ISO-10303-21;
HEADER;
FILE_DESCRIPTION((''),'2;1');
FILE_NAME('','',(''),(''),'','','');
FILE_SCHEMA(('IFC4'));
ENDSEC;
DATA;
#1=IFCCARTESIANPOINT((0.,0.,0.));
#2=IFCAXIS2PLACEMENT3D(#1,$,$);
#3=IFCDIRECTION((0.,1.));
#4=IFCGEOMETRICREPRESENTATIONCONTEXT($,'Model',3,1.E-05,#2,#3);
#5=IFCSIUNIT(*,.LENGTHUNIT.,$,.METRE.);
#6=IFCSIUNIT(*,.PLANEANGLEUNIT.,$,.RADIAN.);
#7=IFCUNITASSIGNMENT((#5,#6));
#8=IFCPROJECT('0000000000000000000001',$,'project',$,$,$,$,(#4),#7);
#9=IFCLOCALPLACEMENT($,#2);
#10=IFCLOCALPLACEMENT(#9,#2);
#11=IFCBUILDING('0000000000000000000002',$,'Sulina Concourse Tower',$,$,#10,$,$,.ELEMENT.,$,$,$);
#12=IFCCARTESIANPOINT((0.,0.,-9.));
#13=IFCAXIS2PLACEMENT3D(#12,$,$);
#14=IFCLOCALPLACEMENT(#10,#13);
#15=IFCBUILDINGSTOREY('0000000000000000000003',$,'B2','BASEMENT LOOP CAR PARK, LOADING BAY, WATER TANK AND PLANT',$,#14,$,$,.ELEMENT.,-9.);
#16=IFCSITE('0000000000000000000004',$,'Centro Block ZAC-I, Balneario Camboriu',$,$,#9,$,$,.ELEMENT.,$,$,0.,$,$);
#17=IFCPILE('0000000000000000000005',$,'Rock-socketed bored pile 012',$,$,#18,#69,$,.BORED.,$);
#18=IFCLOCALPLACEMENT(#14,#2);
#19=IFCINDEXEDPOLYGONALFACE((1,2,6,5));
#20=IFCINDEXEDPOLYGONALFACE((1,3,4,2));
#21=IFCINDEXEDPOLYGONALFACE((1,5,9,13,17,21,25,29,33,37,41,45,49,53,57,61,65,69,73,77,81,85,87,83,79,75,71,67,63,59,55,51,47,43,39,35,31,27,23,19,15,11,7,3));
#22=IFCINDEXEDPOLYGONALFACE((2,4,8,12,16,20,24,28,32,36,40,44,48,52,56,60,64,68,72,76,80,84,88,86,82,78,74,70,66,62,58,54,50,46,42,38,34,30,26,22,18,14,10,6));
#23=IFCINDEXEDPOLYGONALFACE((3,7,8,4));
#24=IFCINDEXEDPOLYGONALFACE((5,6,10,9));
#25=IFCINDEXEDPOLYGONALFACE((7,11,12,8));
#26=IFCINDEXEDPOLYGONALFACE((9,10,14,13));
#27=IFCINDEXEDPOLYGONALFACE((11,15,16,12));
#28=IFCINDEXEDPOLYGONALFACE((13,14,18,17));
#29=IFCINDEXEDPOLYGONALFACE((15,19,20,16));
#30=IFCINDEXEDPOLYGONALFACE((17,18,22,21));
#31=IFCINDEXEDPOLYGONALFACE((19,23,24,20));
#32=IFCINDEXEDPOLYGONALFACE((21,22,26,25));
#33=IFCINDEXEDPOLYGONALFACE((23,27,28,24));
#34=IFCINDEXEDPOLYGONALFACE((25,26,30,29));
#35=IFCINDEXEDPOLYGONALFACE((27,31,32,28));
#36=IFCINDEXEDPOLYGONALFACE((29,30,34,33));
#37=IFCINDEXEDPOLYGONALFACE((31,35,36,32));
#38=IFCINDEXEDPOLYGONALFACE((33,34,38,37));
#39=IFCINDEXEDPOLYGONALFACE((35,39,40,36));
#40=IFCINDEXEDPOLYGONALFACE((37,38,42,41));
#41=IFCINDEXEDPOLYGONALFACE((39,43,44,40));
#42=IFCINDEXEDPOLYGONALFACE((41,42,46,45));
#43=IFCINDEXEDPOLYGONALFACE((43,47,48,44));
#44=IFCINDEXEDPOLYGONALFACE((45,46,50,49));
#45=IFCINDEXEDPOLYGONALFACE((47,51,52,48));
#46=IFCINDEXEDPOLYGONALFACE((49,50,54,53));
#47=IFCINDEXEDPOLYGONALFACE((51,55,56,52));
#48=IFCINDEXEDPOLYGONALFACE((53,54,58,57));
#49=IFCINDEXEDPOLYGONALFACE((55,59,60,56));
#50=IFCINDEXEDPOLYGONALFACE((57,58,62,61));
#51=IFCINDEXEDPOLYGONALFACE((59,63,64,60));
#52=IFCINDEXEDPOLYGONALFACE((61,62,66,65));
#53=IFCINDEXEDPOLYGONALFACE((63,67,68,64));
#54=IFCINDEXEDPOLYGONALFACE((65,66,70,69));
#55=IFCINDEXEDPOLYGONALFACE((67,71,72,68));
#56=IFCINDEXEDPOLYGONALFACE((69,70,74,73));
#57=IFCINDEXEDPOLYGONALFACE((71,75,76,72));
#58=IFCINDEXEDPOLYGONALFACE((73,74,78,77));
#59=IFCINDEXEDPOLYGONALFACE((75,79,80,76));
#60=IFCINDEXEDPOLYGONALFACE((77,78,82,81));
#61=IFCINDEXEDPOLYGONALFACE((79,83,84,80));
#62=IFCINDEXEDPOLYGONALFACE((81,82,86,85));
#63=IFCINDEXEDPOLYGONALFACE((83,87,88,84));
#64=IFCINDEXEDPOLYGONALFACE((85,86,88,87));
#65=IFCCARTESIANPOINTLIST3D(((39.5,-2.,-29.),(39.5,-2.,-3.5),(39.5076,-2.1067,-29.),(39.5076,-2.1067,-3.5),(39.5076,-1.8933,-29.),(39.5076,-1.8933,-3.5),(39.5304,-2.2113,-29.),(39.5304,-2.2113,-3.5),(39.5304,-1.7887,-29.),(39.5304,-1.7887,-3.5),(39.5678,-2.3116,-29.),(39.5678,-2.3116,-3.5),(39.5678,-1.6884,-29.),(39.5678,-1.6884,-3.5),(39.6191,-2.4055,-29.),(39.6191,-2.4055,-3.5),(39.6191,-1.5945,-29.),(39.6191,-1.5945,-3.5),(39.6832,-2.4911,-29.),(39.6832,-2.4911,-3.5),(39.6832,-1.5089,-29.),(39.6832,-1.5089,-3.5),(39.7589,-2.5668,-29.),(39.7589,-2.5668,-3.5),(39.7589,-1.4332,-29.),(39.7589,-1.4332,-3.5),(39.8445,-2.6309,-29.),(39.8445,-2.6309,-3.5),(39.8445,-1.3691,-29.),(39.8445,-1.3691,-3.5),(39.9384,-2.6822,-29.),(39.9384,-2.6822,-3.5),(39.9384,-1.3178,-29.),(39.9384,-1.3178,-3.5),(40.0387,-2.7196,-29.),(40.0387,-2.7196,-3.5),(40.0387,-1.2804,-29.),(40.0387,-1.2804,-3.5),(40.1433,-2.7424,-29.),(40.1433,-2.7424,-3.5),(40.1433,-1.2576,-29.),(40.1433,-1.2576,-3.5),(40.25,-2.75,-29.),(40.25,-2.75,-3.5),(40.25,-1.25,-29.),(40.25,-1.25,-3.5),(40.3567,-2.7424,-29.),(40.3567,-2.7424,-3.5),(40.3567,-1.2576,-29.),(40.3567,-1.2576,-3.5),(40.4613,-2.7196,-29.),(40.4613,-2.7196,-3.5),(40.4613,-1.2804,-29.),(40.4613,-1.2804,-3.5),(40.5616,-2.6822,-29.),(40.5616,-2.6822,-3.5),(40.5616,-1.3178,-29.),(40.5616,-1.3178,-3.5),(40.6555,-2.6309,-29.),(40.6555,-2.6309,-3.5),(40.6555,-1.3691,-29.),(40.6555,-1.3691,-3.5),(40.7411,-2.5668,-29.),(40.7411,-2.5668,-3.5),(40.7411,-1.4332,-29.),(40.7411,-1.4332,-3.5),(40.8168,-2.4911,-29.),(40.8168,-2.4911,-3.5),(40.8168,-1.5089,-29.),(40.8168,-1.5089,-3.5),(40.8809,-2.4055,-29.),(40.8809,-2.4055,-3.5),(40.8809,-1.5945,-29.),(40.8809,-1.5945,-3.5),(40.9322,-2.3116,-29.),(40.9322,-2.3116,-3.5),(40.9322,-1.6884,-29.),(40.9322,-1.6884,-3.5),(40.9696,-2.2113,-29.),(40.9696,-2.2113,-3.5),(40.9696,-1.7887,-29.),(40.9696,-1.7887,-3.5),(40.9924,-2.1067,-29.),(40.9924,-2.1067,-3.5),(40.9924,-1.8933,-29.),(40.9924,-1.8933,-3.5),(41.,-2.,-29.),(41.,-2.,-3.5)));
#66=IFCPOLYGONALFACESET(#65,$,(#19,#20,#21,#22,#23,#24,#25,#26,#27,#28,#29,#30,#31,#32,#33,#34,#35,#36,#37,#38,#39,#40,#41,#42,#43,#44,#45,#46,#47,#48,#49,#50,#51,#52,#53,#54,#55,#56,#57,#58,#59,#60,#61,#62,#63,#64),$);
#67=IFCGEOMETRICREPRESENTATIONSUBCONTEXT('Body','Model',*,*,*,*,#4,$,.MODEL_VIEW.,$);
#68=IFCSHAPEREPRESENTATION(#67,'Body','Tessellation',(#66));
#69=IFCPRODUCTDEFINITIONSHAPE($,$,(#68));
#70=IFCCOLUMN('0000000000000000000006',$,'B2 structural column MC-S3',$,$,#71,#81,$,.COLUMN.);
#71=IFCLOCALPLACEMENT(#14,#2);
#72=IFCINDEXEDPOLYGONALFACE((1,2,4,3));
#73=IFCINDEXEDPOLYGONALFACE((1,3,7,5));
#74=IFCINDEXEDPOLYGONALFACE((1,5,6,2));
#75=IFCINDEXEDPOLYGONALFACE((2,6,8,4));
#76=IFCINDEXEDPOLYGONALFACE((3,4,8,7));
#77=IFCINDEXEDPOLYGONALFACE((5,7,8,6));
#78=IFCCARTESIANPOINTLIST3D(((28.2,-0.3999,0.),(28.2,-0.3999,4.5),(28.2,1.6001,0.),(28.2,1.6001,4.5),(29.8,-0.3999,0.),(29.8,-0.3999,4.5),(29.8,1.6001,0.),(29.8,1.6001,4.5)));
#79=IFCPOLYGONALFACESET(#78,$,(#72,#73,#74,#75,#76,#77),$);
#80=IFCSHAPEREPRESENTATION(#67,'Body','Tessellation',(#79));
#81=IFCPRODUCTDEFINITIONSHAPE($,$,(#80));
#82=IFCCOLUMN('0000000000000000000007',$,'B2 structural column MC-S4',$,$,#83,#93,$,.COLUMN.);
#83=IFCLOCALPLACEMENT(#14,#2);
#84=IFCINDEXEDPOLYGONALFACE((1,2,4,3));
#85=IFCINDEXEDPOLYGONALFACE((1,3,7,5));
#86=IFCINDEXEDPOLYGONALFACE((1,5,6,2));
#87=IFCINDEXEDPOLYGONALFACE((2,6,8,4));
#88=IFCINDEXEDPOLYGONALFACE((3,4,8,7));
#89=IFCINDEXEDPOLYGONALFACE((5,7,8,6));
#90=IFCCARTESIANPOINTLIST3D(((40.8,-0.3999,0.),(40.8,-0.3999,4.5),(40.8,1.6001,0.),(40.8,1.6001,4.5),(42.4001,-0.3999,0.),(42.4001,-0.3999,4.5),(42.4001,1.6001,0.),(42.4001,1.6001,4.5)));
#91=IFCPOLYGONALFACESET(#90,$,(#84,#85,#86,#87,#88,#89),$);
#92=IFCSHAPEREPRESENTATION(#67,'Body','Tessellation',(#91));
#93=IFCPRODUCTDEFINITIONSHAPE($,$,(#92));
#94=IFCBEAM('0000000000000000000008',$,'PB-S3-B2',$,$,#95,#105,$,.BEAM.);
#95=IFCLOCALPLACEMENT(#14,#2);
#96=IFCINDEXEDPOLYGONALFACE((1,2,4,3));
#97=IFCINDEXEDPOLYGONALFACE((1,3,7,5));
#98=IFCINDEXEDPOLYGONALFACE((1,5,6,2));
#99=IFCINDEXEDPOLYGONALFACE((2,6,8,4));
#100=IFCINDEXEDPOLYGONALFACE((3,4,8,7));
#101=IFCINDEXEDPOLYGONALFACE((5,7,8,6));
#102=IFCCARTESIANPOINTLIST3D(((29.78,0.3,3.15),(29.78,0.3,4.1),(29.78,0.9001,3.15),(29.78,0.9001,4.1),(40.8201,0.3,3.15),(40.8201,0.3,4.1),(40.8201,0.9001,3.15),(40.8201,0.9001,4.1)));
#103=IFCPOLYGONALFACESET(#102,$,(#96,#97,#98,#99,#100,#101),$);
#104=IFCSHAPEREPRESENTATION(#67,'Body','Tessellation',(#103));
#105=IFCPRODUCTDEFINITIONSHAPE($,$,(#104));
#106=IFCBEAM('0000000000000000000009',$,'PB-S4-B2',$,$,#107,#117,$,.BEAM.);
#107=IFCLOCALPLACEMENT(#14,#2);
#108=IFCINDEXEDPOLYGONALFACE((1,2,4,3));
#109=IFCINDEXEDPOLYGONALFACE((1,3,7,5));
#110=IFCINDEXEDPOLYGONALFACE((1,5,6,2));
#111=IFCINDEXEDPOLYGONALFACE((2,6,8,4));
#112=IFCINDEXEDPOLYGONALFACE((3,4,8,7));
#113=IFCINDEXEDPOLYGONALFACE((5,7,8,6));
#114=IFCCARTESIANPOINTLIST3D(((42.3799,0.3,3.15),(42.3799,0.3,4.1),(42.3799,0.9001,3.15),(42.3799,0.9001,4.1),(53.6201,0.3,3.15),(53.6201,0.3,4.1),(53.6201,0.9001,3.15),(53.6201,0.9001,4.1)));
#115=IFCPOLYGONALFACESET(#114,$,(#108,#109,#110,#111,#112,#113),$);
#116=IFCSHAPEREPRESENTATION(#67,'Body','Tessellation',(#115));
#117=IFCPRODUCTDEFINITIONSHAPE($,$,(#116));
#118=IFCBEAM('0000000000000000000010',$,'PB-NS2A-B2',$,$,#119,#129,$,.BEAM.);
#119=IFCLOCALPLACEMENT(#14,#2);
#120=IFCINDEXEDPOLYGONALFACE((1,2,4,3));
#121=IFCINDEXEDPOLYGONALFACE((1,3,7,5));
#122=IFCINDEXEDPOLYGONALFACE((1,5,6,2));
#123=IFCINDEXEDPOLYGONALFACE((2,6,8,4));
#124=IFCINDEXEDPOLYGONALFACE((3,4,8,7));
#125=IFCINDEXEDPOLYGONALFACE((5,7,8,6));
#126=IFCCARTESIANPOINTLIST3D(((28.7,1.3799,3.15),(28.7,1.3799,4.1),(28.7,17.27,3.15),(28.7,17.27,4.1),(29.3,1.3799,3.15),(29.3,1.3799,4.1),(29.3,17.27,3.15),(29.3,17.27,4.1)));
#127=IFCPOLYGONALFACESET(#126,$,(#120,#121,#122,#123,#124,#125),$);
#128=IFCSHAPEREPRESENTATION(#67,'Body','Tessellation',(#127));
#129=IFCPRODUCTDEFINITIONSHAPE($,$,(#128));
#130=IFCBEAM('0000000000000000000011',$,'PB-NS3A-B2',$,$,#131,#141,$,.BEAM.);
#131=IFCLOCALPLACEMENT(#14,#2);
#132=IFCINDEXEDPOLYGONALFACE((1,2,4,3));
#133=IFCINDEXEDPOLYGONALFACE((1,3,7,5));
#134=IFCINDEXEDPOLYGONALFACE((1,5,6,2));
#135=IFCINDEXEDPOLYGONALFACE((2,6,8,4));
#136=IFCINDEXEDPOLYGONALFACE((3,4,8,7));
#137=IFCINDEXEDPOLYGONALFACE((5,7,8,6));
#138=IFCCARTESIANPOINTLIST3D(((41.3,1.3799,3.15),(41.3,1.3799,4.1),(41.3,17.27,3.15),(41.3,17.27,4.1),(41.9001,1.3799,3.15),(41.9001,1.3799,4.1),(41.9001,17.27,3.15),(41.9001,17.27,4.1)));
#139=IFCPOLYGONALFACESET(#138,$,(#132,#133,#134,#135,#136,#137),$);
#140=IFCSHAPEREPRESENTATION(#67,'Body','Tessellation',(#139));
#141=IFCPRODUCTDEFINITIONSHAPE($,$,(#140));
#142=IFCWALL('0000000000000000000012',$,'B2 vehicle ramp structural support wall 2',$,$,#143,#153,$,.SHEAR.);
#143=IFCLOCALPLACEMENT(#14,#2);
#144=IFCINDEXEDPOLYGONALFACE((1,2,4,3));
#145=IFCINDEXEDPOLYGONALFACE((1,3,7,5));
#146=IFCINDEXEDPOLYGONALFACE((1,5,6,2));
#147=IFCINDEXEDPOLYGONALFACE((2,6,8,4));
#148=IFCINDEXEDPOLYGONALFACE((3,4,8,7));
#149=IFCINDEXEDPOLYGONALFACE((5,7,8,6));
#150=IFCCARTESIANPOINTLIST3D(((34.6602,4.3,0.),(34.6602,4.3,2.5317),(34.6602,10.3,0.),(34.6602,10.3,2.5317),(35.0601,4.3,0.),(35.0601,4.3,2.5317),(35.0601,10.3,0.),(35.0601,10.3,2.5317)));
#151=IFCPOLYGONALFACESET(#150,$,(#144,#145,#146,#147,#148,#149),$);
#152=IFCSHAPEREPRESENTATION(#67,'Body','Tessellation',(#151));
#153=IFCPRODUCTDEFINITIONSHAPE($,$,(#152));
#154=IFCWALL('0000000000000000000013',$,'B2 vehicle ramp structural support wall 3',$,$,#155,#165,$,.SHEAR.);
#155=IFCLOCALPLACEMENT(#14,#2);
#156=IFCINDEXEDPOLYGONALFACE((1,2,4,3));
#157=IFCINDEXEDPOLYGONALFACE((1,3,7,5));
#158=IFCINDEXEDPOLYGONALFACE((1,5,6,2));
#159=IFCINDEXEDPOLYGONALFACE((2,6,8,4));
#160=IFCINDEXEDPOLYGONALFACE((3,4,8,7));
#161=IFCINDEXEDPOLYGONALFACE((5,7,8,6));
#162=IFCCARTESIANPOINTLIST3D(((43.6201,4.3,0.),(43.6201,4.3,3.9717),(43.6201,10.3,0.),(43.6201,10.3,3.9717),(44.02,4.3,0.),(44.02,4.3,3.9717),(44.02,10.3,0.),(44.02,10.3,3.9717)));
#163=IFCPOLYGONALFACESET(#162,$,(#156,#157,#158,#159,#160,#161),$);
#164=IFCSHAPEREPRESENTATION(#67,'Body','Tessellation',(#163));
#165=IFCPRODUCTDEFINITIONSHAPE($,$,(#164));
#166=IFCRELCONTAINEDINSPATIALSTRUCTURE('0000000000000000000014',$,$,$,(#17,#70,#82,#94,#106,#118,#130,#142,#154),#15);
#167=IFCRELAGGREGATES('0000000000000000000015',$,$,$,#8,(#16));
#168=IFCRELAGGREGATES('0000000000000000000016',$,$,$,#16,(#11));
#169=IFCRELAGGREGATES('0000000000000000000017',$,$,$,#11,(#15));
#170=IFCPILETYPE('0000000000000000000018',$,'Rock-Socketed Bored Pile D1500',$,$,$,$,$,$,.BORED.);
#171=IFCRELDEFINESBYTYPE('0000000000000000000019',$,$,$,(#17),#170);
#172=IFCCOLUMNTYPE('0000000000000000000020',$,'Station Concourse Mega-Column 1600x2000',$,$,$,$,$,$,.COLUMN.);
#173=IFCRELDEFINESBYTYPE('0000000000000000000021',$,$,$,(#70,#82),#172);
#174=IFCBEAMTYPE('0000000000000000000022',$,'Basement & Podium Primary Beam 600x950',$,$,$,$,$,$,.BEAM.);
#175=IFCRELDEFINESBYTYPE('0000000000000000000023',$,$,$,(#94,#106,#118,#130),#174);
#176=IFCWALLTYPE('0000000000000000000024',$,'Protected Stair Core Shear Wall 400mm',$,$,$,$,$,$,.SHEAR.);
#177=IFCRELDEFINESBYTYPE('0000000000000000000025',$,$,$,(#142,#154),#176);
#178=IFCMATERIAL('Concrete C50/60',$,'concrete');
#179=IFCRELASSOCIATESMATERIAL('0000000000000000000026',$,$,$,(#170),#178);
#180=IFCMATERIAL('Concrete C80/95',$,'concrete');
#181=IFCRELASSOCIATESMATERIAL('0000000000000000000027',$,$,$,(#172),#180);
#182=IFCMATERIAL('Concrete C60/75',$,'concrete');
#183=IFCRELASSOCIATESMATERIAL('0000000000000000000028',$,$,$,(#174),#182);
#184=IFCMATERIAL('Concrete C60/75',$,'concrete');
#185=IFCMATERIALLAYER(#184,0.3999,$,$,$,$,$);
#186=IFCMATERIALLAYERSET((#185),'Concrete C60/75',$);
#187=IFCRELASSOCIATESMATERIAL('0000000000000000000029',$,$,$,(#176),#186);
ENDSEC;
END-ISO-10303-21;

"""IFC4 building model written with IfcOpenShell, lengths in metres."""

from ifc_helpers import new_model, si_unit, direction, frame, frame_2d, origin, origin_2d, place, context, subcontext, project, spatial, rectangle, circle, extrude, material, layer, layer_set, material_profile, profile_set, type_object, element, save


model = new_model("IFC4")

# Units and contexts
model_context = context("Model", 3, precision=1e-05, world=origin(), true_north=direction((0.0, 1.0)))
body_context = subcontext(model_context, "Body", "Model", "MODEL_VIEW")
ifc_project = project(units=[si_unit("LENGTHUNIT", "METRE"), si_unit("PLANEANGLEUNIT", "RADIAN")], contexts=[model_context])

# Site, building, storey
site_placement = place(None, origin())
site = spatial("IfcSite", under=ifc_project, at=site_placement, Name="Centro Block ZAC-I, Balneario Camboriu", CompositionType="ELEMENT", RefElevation=0.0)
building_placement = place(site_placement, origin())
building = spatial("IfcBuilding", under=site, at=building_placement, Name="Sulina Concourse Tower", CompositionType="ELEMENT")
storey_placement = place(building_placement, frame((0.0, 0.0, -9.0)))
storey = spatial("IfcBuildingStorey", under=building, at=storey_placement, Name="B2", Description="BASEMENT LOOP CAR PARK, LOADING BAY, WATER TANK AND PLANT", CompositionType="ELEMENT", Elevation=-9.0)

# Pile
ifc_material_1 = material(Name="Concrete C50/60", Category="concrete")
ifc_material_profile_1 = material_profile(ifc_material_1, circle(Radius=0.75, at=origin_2d()), Name="PILE D1500")
ifc_profile_set_1 = profile_set([ifc_material_profile_1], Name="Concrete C50/60")
pile_type_1 = type_object("IfcPileType", Name="Rock-Socketed Bored Pile D1500", PredefinedType="BORED", material=ifc_profile_set_1)
for number, where, z_axis, x_axis, name in (
    (1, (40.25, -2.0, -3.5), (0.0, 0.0, -1.0), (1.0, 0.0, 0.0), "Rock-socketed bored pile 012"),
):
    element("IfcPile", number, at=place(storey_placement, frame(where, z_axis=z_axis, x_axis=x_axis)), inside=storey, type_object=pile_type_1, Name=name, PredefinedType="BORED", context=body_context, shape_type="SweptSolid", body=[
        extrude(circle(Radius=0.75, at=origin_2d()), origin(), (0.0, 0.0, 1.0), 25.5),
    ])

# Columns
ifc_material_2 = material(Name="Concrete C80/95", Category="concrete")
ifc_material_profile_2 = material_profile(ifc_material_2, rectangle(XDim=1.6001, YDim=2.0, at=origin_2d()), Name="RC 1600x2000")
ifc_profile_set_2 = profile_set([ifc_material_profile_2], Name="Concrete C80/95")
column_type = type_object("IfcColumnType", Name="Station Concourse Mega-Column 1600x2000", PredefinedType="COLUMN", material=ifc_profile_set_2)
for number, where, z_axis, x_axis, name in (
    (2, (29.0, 0.6001, 0.0), (0.0, 0.0, 1.0), (1.0, 0.0, 0.0), "B2 structural column MC-S3"),
    (3, (41.6001, 0.6001, 0.0), (0.0, 0.0, 1.0), (1.0, 0.0, 0.0), "B2 structural column MC-S4"),
):
    element("IfcColumn", number, at=place(storey_placement, frame(where, z_axis=z_axis, x_axis=x_axis)), inside=storey, type_object=column_type, Name=name, PredefinedType="COLUMN", context=body_context, shape_type="SweptSolid", body=[
        extrude(rectangle(XDim=1.6001, YDim=2.0, at=origin_2d()), origin(), (0.0, 0.0, 1.0), 4.5),
    ])

# Beams
ifc_material_3 = material(Name="Concrete C60/75", Category="concrete")
ifc_material_profile_3 = material_profile(ifc_material_3, rectangle(XDim=0.6001, YDim=0.95, at=origin_2d()), Name="RC 600x950")
ifc_profile_set_3 = profile_set([ifc_material_profile_3], Name="Concrete C60/75")
beam_type = type_object("IfcBeamType", Name="Basement & Podium Primary Beam 600x950", PredefinedType="BEAM", material=ifc_profile_set_3)
beam_1_placement = place(storey_placement, frame((29.78, 0.6001, 3.625), z_axis=(1.0, 0.0, 0.0), x_axis=(0.0, 1.0, 0.0)))
element("IfcBeam", 4, at=beam_1_placement, inside=storey, type_object=beam_type, Name="PB-S3-B2", PredefinedType="BEAM", context=body_context, shape_type="SweptSolid", body=[
    extrude(rectangle(XDim=0.6001, YDim=0.95, at=origin_2d()), origin(), (0.0, 0.0, 1.0), 11.04),
])
beam_2_placement = place(storey_placement, frame((42.3799, 0.6001, 3.625), z_axis=(1.0, 0.0, 0.0), x_axis=(0.0, 1.0, 0.0)))
element("IfcBeam", 5, at=beam_2_placement, inside=storey, type_object=beam_type, Name="PB-S4-B2", PredefinedType="BEAM", context=body_context, shape_type="SweptSolid", body=[
    extrude(rectangle(XDim=0.6001, YDim=0.95, at=origin_2d()), origin(), (0.0, 0.0, 1.0), 11.2402),
])
for number, where, z_axis, x_axis, name in (
    (6, (29.0, 1.3799, 3.625), (0.0, 1.0, 0.0), (-1.0, 0.0, 0.0), "PB-NS2A-B2"),
    (7, (41.6001, 1.3799, 3.625), (0.0, 1.0, 0.0), (-1.0, 0.0, 0.0), "PB-NS3A-B2"),
):
    element("IfcBeam", number, at=place(storey_placement, frame(where, z_axis=z_axis, x_axis=x_axis)), inside=storey, type_object=beam_type, Name=name, PredefinedType="BEAM", context=body_context, shape_type="SweptSolid", body=[
        extrude(rectangle(XDim=0.6001, YDim=0.95, at=origin_2d()), origin(), (0.0, 0.0, 1.0), 15.8901),
    ])

# Walls
ifc_material_4 = material(Name="Concrete C60/75", Category="concrete")
ifc_layer = layer(ifc_material_4, 0.3999)
ifc_layer_set = layer_set([ifc_layer], Name="Concrete C60/75")
wall_type = type_object("IfcWallType", Name="Protected Stair Core Shear Wall 400mm", PredefinedType="SHEAR", material=ifc_layer_set)
wall_1_placement = place(storey_placement, frame((34.8601, 4.3, 0.0), z_axis=(0.0, 0.0, 1.0), x_axis=(0.0, 1.0, 0.0)))
element("IfcWall", 8, at=wall_1_placement, inside=storey, type_object=wall_type, Name="B2 vehicle ramp structural support wall 2", PredefinedType="SHEAR", context=body_context, shape_type="SweptSolid", body=[
    extrude(rectangle(XDim=6.0, YDim=0.3999, at=frame_2d((3.0, 0.0))), origin(), (0.0, 0.0, 1.0), 2.5317),
])
wall_2_placement = place(storey_placement, frame((43.8201, 4.3, 0.0), z_axis=(0.0, 0.0, 1.0), x_axis=(0.0, 1.0, 0.0)))
element("IfcWall", 9, at=wall_2_placement, inside=storey, type_object=wall_type, Name="B2 vehicle ramp structural support wall 3", PredefinedType="SHEAR", context=body_context, shape_type="SweptSolid", body=[
    extrude(rectangle(XDim=6.0, YDim=0.3999, at=frame_2d((3.0, 0.0))), origin(), (0.0, 0.0, 1.0), 3.9717),
])

save(model, "model.ifc")
